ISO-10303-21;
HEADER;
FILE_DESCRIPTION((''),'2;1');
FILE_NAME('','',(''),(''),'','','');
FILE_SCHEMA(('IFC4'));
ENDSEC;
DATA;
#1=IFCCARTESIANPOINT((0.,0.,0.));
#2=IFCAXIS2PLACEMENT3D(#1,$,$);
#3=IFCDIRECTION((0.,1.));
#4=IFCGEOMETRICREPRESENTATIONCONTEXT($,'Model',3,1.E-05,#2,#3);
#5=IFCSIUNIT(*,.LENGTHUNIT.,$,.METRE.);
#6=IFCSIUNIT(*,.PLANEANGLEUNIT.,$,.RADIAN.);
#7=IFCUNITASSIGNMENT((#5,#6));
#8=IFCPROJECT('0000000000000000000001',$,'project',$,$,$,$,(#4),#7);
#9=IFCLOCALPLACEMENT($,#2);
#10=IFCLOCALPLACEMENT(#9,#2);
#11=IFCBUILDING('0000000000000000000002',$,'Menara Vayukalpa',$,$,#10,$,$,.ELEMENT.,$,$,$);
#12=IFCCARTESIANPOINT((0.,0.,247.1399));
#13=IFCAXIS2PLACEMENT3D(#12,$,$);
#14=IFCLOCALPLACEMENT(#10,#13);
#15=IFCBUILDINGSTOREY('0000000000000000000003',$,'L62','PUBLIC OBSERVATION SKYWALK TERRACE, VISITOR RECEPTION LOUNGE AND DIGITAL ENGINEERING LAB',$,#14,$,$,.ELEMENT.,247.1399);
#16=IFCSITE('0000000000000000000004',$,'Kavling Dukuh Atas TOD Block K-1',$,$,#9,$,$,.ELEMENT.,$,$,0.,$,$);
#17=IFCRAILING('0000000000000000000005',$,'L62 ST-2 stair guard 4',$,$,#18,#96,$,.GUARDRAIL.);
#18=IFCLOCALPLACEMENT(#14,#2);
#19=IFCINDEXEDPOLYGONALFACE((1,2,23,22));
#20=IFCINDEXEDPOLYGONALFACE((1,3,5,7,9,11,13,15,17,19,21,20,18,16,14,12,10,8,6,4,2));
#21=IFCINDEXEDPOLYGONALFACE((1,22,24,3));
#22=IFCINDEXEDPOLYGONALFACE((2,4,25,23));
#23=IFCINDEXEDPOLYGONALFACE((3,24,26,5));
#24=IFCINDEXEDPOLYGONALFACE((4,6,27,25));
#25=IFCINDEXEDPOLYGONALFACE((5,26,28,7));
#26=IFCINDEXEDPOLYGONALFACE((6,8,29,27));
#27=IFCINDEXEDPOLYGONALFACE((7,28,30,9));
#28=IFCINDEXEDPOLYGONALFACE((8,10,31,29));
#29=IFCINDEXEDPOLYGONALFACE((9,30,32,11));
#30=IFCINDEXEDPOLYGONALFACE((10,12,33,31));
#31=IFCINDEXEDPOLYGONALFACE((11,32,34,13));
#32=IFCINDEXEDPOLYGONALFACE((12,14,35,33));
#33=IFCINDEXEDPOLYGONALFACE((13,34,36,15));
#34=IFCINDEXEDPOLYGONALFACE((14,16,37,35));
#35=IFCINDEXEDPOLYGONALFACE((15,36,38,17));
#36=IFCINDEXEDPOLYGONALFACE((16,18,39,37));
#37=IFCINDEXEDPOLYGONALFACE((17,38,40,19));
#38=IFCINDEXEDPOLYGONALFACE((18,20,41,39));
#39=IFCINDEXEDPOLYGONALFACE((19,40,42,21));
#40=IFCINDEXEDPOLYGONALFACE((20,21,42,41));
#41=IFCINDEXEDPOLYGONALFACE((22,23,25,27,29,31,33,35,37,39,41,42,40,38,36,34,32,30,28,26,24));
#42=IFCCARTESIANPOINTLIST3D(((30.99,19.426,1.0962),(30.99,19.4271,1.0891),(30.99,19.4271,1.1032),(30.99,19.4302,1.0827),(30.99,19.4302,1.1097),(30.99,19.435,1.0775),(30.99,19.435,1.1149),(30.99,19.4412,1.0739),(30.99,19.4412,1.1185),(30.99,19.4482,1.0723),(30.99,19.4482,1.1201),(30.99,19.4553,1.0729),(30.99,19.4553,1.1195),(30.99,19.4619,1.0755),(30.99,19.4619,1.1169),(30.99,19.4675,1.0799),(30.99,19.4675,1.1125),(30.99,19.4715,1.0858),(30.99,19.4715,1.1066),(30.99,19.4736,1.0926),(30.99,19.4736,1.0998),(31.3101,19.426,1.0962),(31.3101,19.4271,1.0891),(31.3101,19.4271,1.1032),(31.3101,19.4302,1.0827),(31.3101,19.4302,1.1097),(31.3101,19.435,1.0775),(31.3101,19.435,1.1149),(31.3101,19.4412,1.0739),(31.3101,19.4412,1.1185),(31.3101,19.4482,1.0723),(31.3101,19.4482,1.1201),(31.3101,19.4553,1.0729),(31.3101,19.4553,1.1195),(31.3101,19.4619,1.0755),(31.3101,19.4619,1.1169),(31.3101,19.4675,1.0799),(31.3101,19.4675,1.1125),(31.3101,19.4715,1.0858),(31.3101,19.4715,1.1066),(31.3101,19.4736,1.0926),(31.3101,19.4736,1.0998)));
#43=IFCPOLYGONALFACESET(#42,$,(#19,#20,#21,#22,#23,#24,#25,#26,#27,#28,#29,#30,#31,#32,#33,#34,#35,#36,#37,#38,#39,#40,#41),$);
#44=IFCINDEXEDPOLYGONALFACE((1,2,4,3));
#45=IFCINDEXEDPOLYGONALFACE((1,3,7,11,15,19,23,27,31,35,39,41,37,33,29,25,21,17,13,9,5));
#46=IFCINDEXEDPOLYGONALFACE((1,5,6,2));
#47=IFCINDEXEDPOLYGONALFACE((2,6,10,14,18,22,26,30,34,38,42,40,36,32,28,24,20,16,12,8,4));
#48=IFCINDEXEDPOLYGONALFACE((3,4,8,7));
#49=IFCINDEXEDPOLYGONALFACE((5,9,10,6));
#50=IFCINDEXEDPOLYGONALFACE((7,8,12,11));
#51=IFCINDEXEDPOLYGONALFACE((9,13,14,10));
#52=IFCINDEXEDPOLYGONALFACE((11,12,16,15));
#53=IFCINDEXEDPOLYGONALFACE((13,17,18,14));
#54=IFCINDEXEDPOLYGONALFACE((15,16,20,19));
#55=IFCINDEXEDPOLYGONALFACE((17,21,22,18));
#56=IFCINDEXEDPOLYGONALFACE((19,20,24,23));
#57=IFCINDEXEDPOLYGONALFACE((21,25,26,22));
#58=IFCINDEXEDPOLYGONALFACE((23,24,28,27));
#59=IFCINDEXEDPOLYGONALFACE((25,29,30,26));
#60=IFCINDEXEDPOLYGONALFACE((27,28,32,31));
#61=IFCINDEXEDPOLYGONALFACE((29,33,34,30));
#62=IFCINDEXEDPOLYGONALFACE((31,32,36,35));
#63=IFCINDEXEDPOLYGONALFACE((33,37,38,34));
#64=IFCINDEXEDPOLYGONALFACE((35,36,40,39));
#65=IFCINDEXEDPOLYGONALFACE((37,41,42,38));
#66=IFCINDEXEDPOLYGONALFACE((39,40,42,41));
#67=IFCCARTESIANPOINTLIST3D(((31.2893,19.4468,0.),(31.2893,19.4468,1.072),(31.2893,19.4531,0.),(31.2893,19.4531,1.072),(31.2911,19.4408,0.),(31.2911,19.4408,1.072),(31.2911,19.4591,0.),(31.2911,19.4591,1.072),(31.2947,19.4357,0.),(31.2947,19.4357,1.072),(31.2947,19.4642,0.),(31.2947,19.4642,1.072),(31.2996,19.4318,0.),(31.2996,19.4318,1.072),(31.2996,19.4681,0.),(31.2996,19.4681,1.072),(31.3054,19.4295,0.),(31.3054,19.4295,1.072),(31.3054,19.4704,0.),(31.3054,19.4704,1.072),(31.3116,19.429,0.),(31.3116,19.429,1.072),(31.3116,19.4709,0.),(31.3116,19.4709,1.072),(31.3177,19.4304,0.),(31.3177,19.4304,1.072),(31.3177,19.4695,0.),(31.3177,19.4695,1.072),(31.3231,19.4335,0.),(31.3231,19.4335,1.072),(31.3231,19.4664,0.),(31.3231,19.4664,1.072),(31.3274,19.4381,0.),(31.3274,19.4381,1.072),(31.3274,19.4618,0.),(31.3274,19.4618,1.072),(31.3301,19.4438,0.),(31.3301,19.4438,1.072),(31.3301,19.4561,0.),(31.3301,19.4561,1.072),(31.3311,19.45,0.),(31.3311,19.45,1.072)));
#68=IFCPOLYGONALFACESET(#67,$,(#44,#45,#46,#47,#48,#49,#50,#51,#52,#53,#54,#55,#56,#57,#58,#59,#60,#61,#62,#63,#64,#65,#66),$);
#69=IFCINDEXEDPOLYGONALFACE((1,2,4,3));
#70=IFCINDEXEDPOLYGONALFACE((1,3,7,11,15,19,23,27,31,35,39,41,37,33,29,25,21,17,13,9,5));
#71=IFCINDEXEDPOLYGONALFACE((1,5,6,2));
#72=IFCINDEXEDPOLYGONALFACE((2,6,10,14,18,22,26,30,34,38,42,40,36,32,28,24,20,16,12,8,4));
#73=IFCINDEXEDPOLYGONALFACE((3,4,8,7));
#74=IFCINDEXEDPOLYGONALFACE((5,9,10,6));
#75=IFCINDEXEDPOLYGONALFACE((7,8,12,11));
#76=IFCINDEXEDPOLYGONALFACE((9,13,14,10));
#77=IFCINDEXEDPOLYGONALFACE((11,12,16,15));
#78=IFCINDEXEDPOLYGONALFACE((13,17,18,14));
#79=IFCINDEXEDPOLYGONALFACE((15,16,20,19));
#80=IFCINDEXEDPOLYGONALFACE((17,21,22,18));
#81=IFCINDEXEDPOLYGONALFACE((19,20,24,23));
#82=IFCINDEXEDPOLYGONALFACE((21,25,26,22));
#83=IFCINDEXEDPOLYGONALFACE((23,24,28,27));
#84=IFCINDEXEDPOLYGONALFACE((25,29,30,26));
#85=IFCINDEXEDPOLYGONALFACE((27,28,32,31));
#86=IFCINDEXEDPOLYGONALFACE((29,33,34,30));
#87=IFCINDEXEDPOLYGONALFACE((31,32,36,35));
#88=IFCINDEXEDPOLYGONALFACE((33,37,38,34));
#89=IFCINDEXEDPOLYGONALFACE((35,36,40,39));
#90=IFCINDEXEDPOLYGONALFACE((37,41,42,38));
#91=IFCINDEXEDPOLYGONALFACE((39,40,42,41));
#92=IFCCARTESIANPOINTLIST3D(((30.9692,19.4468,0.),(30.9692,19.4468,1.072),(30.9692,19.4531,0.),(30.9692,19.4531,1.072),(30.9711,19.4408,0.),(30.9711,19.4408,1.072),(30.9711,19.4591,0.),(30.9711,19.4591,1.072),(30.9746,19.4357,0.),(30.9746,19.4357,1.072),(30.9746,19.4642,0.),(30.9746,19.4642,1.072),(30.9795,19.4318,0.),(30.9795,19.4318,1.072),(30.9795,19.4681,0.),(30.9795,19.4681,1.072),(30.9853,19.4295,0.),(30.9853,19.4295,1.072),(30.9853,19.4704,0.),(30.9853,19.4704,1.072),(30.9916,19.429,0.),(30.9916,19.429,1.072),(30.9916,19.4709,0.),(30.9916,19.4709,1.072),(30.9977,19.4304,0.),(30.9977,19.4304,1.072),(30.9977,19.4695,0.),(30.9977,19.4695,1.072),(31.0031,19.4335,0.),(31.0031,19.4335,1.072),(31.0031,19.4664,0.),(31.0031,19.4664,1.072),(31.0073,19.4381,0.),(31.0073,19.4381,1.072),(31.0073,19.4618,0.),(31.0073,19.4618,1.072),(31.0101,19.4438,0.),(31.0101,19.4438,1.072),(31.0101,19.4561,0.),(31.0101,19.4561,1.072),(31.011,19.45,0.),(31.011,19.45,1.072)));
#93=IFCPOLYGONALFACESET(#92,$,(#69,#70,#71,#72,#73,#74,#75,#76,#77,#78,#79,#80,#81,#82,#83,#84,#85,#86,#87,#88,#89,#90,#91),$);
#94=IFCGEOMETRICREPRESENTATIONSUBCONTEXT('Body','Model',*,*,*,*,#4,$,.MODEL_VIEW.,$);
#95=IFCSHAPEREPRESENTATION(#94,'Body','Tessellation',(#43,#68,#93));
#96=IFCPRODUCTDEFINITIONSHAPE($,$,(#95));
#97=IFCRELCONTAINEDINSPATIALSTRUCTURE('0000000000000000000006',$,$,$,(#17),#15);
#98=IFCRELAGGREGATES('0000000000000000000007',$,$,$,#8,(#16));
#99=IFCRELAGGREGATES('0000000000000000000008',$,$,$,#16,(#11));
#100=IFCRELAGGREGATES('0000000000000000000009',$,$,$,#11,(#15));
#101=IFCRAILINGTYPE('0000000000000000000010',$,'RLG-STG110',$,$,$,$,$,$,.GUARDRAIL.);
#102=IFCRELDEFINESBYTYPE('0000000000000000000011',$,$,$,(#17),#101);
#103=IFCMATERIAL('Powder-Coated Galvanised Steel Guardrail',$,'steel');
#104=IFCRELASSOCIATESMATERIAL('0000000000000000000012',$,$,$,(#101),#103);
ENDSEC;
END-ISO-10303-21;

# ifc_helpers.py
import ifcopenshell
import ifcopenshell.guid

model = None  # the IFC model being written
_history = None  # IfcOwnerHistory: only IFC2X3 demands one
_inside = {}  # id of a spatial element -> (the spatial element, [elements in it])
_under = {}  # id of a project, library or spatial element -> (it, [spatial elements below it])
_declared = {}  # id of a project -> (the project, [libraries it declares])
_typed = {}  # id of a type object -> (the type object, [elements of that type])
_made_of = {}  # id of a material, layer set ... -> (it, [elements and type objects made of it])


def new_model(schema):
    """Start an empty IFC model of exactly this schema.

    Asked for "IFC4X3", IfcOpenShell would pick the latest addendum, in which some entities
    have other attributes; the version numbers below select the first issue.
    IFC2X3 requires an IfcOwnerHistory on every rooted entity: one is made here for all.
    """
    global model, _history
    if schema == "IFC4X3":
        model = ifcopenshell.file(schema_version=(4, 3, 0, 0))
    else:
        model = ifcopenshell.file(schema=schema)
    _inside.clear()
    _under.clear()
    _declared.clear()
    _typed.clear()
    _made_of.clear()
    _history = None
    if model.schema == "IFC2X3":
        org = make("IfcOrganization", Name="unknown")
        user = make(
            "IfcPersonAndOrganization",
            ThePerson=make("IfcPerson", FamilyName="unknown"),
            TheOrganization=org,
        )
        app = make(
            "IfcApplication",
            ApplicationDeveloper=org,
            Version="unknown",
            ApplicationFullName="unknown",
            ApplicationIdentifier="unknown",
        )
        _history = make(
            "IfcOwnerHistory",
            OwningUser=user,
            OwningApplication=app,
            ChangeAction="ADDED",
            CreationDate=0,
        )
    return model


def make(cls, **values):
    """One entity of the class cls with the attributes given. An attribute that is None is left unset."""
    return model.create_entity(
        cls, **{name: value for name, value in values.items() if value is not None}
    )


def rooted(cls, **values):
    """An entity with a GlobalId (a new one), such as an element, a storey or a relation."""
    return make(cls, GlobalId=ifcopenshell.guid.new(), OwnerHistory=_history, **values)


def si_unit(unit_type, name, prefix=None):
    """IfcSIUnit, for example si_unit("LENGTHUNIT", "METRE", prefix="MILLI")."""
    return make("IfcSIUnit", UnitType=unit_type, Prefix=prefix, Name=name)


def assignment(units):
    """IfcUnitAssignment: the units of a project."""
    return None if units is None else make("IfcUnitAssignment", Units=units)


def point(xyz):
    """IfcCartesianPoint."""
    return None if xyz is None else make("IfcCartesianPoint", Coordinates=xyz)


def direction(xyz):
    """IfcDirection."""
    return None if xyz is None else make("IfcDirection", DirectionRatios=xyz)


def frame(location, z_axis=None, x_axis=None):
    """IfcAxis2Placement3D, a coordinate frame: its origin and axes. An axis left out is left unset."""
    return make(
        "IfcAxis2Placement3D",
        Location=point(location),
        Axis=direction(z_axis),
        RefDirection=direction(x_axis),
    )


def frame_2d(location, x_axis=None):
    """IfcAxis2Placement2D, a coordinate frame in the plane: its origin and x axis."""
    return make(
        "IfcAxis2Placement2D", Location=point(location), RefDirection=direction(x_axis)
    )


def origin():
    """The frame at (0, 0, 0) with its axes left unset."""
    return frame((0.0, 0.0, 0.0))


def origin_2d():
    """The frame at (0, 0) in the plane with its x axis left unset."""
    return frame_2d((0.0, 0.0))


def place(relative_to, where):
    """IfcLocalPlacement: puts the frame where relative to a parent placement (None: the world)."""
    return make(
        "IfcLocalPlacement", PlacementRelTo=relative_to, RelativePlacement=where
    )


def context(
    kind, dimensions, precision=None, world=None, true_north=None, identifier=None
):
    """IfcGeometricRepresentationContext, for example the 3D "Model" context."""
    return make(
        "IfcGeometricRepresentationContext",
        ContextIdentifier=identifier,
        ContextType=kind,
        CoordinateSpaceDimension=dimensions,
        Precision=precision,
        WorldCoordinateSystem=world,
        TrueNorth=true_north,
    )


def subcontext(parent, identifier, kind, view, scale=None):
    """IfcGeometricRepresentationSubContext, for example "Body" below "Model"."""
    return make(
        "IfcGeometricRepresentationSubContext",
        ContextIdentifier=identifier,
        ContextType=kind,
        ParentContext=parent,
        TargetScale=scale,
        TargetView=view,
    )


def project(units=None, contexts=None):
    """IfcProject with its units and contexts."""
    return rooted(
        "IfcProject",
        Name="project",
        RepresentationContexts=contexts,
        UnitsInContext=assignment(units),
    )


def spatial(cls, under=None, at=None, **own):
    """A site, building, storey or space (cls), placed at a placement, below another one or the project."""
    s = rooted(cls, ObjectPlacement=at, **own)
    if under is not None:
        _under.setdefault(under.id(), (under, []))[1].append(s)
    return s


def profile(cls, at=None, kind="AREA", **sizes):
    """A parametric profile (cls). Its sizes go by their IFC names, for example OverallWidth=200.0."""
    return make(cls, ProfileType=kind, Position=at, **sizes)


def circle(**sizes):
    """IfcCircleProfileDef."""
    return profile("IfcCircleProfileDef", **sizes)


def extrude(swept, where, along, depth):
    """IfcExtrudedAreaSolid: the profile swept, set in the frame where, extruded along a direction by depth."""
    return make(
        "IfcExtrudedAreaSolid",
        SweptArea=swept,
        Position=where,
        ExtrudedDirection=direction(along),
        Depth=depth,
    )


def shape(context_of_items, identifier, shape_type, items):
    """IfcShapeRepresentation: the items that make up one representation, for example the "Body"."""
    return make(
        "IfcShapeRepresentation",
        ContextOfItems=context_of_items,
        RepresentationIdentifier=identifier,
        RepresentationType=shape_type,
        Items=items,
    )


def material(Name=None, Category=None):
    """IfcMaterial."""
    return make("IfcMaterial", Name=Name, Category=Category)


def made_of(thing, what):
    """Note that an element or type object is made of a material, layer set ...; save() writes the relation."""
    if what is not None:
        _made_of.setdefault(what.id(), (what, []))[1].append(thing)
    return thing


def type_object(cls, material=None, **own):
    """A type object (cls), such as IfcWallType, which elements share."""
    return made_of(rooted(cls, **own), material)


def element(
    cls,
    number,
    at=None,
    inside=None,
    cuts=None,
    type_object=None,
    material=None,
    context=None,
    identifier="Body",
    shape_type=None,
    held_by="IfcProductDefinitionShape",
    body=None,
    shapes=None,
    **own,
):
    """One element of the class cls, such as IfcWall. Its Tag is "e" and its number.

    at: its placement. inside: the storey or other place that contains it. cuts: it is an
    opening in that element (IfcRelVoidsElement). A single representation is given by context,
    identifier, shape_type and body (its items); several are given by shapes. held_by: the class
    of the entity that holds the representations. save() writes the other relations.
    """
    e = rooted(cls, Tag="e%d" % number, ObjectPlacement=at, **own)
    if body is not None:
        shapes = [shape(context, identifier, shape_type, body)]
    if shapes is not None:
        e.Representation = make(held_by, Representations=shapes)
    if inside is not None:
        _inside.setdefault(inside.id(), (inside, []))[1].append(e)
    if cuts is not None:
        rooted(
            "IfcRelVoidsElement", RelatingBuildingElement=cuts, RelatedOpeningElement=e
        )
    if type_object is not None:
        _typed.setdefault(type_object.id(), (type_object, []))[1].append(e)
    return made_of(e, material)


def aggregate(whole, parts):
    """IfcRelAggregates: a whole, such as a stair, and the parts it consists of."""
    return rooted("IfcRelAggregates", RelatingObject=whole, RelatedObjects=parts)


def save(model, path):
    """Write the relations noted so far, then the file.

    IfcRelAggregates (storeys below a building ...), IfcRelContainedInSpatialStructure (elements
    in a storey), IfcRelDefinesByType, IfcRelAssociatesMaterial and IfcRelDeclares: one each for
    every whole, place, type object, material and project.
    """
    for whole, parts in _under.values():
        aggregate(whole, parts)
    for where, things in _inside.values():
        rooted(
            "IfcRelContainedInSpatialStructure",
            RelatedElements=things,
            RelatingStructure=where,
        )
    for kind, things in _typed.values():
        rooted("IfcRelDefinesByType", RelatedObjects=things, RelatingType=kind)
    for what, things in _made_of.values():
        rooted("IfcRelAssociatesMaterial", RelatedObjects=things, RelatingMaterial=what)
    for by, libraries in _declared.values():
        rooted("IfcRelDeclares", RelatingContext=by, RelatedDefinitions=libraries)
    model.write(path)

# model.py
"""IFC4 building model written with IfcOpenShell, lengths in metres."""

from ifc_helpers import new_model, si_unit, direction, frame, origin, origin_2d, place, context, subcontext, project, spatial, circle, extrude, material, type_object, element, save


model = new_model("IFC4")

# Units and contexts
model_context = context("Model", 3, precision=1e-05, world=origin(), true_north=direction((0.0, 1.0)))
body_context = subcontext(model_context, "Body", "Model", "MODEL_VIEW")
ifc_project = project(units=[si_unit("LENGTHUNIT", "METRE"), si_unit("PLANEANGLEUNIT", "RADIAN")], contexts=[model_context])

# Site, building, storey
site_placement = place(None, origin())
site = spatial("IfcSite", under=ifc_project, at=site_placement, Name="Kavling Dukuh Atas TOD Block K-1", CompositionType="ELEMENT", RefElevation=0.0)
building_placement = place(site_placement, origin())
building = spatial("IfcBuilding", under=site, at=building_placement, Name="Menara Vayukalpa", CompositionType="ELEMENT")
storey_placement = place(building_placement, frame((0.0, 0.0, 247.1399)))
storey = spatial("IfcBuildingStorey", under=building, at=storey_placement, Name="L62", Description="PUBLIC OBSERVATION SKYWALK TERRACE, VISITOR RECEPTION LOUNGE AND DIGITAL ENGINEERING LAB", CompositionType="ELEMENT", Elevation=247.1399)

# Railing
ifc_material_1 = material(Name="Powder-Coated Galvanised Steel Guardrail", Category="steel")
railing_type_1 = type_object("IfcRailingType", Name="RLG-STG110", PredefinedType="GUARDRAIL", material=ifc_material_1)
railing_1_placement = place(storey_placement, frame((31.3101, 19.45, 0.0)))
element("IfcRailing", 1, at=railing_1_placement, inside=storey, type_object=railing_type_1, Name="L62 ST-2 stair guard 4", PredefinedType="GUARDRAIL", context=body_context, shape_type="SweptSolid", body=[
    extrude(circle(Radius=0.0239, at=origin_2d()), frame((0.0, 0.0, 1.0962), z_axis=(-1.0, 0.0, 0.0), x_axis=(0.0, -1.0, 0.0)), (0.0, 0.0, 1.0), 0.3201),
    extrude(circle(Radius=0.021, at=origin_2d()), origin(), (0.0, 0.0, 1.0), 1.072),
    extrude(circle(Radius=0.021, at=origin_2d()), frame((-0.3201, 0.0, 0.0)), (0.0, 0.0, 1.0), 1.072),
])

save(model, "model.ifc")
